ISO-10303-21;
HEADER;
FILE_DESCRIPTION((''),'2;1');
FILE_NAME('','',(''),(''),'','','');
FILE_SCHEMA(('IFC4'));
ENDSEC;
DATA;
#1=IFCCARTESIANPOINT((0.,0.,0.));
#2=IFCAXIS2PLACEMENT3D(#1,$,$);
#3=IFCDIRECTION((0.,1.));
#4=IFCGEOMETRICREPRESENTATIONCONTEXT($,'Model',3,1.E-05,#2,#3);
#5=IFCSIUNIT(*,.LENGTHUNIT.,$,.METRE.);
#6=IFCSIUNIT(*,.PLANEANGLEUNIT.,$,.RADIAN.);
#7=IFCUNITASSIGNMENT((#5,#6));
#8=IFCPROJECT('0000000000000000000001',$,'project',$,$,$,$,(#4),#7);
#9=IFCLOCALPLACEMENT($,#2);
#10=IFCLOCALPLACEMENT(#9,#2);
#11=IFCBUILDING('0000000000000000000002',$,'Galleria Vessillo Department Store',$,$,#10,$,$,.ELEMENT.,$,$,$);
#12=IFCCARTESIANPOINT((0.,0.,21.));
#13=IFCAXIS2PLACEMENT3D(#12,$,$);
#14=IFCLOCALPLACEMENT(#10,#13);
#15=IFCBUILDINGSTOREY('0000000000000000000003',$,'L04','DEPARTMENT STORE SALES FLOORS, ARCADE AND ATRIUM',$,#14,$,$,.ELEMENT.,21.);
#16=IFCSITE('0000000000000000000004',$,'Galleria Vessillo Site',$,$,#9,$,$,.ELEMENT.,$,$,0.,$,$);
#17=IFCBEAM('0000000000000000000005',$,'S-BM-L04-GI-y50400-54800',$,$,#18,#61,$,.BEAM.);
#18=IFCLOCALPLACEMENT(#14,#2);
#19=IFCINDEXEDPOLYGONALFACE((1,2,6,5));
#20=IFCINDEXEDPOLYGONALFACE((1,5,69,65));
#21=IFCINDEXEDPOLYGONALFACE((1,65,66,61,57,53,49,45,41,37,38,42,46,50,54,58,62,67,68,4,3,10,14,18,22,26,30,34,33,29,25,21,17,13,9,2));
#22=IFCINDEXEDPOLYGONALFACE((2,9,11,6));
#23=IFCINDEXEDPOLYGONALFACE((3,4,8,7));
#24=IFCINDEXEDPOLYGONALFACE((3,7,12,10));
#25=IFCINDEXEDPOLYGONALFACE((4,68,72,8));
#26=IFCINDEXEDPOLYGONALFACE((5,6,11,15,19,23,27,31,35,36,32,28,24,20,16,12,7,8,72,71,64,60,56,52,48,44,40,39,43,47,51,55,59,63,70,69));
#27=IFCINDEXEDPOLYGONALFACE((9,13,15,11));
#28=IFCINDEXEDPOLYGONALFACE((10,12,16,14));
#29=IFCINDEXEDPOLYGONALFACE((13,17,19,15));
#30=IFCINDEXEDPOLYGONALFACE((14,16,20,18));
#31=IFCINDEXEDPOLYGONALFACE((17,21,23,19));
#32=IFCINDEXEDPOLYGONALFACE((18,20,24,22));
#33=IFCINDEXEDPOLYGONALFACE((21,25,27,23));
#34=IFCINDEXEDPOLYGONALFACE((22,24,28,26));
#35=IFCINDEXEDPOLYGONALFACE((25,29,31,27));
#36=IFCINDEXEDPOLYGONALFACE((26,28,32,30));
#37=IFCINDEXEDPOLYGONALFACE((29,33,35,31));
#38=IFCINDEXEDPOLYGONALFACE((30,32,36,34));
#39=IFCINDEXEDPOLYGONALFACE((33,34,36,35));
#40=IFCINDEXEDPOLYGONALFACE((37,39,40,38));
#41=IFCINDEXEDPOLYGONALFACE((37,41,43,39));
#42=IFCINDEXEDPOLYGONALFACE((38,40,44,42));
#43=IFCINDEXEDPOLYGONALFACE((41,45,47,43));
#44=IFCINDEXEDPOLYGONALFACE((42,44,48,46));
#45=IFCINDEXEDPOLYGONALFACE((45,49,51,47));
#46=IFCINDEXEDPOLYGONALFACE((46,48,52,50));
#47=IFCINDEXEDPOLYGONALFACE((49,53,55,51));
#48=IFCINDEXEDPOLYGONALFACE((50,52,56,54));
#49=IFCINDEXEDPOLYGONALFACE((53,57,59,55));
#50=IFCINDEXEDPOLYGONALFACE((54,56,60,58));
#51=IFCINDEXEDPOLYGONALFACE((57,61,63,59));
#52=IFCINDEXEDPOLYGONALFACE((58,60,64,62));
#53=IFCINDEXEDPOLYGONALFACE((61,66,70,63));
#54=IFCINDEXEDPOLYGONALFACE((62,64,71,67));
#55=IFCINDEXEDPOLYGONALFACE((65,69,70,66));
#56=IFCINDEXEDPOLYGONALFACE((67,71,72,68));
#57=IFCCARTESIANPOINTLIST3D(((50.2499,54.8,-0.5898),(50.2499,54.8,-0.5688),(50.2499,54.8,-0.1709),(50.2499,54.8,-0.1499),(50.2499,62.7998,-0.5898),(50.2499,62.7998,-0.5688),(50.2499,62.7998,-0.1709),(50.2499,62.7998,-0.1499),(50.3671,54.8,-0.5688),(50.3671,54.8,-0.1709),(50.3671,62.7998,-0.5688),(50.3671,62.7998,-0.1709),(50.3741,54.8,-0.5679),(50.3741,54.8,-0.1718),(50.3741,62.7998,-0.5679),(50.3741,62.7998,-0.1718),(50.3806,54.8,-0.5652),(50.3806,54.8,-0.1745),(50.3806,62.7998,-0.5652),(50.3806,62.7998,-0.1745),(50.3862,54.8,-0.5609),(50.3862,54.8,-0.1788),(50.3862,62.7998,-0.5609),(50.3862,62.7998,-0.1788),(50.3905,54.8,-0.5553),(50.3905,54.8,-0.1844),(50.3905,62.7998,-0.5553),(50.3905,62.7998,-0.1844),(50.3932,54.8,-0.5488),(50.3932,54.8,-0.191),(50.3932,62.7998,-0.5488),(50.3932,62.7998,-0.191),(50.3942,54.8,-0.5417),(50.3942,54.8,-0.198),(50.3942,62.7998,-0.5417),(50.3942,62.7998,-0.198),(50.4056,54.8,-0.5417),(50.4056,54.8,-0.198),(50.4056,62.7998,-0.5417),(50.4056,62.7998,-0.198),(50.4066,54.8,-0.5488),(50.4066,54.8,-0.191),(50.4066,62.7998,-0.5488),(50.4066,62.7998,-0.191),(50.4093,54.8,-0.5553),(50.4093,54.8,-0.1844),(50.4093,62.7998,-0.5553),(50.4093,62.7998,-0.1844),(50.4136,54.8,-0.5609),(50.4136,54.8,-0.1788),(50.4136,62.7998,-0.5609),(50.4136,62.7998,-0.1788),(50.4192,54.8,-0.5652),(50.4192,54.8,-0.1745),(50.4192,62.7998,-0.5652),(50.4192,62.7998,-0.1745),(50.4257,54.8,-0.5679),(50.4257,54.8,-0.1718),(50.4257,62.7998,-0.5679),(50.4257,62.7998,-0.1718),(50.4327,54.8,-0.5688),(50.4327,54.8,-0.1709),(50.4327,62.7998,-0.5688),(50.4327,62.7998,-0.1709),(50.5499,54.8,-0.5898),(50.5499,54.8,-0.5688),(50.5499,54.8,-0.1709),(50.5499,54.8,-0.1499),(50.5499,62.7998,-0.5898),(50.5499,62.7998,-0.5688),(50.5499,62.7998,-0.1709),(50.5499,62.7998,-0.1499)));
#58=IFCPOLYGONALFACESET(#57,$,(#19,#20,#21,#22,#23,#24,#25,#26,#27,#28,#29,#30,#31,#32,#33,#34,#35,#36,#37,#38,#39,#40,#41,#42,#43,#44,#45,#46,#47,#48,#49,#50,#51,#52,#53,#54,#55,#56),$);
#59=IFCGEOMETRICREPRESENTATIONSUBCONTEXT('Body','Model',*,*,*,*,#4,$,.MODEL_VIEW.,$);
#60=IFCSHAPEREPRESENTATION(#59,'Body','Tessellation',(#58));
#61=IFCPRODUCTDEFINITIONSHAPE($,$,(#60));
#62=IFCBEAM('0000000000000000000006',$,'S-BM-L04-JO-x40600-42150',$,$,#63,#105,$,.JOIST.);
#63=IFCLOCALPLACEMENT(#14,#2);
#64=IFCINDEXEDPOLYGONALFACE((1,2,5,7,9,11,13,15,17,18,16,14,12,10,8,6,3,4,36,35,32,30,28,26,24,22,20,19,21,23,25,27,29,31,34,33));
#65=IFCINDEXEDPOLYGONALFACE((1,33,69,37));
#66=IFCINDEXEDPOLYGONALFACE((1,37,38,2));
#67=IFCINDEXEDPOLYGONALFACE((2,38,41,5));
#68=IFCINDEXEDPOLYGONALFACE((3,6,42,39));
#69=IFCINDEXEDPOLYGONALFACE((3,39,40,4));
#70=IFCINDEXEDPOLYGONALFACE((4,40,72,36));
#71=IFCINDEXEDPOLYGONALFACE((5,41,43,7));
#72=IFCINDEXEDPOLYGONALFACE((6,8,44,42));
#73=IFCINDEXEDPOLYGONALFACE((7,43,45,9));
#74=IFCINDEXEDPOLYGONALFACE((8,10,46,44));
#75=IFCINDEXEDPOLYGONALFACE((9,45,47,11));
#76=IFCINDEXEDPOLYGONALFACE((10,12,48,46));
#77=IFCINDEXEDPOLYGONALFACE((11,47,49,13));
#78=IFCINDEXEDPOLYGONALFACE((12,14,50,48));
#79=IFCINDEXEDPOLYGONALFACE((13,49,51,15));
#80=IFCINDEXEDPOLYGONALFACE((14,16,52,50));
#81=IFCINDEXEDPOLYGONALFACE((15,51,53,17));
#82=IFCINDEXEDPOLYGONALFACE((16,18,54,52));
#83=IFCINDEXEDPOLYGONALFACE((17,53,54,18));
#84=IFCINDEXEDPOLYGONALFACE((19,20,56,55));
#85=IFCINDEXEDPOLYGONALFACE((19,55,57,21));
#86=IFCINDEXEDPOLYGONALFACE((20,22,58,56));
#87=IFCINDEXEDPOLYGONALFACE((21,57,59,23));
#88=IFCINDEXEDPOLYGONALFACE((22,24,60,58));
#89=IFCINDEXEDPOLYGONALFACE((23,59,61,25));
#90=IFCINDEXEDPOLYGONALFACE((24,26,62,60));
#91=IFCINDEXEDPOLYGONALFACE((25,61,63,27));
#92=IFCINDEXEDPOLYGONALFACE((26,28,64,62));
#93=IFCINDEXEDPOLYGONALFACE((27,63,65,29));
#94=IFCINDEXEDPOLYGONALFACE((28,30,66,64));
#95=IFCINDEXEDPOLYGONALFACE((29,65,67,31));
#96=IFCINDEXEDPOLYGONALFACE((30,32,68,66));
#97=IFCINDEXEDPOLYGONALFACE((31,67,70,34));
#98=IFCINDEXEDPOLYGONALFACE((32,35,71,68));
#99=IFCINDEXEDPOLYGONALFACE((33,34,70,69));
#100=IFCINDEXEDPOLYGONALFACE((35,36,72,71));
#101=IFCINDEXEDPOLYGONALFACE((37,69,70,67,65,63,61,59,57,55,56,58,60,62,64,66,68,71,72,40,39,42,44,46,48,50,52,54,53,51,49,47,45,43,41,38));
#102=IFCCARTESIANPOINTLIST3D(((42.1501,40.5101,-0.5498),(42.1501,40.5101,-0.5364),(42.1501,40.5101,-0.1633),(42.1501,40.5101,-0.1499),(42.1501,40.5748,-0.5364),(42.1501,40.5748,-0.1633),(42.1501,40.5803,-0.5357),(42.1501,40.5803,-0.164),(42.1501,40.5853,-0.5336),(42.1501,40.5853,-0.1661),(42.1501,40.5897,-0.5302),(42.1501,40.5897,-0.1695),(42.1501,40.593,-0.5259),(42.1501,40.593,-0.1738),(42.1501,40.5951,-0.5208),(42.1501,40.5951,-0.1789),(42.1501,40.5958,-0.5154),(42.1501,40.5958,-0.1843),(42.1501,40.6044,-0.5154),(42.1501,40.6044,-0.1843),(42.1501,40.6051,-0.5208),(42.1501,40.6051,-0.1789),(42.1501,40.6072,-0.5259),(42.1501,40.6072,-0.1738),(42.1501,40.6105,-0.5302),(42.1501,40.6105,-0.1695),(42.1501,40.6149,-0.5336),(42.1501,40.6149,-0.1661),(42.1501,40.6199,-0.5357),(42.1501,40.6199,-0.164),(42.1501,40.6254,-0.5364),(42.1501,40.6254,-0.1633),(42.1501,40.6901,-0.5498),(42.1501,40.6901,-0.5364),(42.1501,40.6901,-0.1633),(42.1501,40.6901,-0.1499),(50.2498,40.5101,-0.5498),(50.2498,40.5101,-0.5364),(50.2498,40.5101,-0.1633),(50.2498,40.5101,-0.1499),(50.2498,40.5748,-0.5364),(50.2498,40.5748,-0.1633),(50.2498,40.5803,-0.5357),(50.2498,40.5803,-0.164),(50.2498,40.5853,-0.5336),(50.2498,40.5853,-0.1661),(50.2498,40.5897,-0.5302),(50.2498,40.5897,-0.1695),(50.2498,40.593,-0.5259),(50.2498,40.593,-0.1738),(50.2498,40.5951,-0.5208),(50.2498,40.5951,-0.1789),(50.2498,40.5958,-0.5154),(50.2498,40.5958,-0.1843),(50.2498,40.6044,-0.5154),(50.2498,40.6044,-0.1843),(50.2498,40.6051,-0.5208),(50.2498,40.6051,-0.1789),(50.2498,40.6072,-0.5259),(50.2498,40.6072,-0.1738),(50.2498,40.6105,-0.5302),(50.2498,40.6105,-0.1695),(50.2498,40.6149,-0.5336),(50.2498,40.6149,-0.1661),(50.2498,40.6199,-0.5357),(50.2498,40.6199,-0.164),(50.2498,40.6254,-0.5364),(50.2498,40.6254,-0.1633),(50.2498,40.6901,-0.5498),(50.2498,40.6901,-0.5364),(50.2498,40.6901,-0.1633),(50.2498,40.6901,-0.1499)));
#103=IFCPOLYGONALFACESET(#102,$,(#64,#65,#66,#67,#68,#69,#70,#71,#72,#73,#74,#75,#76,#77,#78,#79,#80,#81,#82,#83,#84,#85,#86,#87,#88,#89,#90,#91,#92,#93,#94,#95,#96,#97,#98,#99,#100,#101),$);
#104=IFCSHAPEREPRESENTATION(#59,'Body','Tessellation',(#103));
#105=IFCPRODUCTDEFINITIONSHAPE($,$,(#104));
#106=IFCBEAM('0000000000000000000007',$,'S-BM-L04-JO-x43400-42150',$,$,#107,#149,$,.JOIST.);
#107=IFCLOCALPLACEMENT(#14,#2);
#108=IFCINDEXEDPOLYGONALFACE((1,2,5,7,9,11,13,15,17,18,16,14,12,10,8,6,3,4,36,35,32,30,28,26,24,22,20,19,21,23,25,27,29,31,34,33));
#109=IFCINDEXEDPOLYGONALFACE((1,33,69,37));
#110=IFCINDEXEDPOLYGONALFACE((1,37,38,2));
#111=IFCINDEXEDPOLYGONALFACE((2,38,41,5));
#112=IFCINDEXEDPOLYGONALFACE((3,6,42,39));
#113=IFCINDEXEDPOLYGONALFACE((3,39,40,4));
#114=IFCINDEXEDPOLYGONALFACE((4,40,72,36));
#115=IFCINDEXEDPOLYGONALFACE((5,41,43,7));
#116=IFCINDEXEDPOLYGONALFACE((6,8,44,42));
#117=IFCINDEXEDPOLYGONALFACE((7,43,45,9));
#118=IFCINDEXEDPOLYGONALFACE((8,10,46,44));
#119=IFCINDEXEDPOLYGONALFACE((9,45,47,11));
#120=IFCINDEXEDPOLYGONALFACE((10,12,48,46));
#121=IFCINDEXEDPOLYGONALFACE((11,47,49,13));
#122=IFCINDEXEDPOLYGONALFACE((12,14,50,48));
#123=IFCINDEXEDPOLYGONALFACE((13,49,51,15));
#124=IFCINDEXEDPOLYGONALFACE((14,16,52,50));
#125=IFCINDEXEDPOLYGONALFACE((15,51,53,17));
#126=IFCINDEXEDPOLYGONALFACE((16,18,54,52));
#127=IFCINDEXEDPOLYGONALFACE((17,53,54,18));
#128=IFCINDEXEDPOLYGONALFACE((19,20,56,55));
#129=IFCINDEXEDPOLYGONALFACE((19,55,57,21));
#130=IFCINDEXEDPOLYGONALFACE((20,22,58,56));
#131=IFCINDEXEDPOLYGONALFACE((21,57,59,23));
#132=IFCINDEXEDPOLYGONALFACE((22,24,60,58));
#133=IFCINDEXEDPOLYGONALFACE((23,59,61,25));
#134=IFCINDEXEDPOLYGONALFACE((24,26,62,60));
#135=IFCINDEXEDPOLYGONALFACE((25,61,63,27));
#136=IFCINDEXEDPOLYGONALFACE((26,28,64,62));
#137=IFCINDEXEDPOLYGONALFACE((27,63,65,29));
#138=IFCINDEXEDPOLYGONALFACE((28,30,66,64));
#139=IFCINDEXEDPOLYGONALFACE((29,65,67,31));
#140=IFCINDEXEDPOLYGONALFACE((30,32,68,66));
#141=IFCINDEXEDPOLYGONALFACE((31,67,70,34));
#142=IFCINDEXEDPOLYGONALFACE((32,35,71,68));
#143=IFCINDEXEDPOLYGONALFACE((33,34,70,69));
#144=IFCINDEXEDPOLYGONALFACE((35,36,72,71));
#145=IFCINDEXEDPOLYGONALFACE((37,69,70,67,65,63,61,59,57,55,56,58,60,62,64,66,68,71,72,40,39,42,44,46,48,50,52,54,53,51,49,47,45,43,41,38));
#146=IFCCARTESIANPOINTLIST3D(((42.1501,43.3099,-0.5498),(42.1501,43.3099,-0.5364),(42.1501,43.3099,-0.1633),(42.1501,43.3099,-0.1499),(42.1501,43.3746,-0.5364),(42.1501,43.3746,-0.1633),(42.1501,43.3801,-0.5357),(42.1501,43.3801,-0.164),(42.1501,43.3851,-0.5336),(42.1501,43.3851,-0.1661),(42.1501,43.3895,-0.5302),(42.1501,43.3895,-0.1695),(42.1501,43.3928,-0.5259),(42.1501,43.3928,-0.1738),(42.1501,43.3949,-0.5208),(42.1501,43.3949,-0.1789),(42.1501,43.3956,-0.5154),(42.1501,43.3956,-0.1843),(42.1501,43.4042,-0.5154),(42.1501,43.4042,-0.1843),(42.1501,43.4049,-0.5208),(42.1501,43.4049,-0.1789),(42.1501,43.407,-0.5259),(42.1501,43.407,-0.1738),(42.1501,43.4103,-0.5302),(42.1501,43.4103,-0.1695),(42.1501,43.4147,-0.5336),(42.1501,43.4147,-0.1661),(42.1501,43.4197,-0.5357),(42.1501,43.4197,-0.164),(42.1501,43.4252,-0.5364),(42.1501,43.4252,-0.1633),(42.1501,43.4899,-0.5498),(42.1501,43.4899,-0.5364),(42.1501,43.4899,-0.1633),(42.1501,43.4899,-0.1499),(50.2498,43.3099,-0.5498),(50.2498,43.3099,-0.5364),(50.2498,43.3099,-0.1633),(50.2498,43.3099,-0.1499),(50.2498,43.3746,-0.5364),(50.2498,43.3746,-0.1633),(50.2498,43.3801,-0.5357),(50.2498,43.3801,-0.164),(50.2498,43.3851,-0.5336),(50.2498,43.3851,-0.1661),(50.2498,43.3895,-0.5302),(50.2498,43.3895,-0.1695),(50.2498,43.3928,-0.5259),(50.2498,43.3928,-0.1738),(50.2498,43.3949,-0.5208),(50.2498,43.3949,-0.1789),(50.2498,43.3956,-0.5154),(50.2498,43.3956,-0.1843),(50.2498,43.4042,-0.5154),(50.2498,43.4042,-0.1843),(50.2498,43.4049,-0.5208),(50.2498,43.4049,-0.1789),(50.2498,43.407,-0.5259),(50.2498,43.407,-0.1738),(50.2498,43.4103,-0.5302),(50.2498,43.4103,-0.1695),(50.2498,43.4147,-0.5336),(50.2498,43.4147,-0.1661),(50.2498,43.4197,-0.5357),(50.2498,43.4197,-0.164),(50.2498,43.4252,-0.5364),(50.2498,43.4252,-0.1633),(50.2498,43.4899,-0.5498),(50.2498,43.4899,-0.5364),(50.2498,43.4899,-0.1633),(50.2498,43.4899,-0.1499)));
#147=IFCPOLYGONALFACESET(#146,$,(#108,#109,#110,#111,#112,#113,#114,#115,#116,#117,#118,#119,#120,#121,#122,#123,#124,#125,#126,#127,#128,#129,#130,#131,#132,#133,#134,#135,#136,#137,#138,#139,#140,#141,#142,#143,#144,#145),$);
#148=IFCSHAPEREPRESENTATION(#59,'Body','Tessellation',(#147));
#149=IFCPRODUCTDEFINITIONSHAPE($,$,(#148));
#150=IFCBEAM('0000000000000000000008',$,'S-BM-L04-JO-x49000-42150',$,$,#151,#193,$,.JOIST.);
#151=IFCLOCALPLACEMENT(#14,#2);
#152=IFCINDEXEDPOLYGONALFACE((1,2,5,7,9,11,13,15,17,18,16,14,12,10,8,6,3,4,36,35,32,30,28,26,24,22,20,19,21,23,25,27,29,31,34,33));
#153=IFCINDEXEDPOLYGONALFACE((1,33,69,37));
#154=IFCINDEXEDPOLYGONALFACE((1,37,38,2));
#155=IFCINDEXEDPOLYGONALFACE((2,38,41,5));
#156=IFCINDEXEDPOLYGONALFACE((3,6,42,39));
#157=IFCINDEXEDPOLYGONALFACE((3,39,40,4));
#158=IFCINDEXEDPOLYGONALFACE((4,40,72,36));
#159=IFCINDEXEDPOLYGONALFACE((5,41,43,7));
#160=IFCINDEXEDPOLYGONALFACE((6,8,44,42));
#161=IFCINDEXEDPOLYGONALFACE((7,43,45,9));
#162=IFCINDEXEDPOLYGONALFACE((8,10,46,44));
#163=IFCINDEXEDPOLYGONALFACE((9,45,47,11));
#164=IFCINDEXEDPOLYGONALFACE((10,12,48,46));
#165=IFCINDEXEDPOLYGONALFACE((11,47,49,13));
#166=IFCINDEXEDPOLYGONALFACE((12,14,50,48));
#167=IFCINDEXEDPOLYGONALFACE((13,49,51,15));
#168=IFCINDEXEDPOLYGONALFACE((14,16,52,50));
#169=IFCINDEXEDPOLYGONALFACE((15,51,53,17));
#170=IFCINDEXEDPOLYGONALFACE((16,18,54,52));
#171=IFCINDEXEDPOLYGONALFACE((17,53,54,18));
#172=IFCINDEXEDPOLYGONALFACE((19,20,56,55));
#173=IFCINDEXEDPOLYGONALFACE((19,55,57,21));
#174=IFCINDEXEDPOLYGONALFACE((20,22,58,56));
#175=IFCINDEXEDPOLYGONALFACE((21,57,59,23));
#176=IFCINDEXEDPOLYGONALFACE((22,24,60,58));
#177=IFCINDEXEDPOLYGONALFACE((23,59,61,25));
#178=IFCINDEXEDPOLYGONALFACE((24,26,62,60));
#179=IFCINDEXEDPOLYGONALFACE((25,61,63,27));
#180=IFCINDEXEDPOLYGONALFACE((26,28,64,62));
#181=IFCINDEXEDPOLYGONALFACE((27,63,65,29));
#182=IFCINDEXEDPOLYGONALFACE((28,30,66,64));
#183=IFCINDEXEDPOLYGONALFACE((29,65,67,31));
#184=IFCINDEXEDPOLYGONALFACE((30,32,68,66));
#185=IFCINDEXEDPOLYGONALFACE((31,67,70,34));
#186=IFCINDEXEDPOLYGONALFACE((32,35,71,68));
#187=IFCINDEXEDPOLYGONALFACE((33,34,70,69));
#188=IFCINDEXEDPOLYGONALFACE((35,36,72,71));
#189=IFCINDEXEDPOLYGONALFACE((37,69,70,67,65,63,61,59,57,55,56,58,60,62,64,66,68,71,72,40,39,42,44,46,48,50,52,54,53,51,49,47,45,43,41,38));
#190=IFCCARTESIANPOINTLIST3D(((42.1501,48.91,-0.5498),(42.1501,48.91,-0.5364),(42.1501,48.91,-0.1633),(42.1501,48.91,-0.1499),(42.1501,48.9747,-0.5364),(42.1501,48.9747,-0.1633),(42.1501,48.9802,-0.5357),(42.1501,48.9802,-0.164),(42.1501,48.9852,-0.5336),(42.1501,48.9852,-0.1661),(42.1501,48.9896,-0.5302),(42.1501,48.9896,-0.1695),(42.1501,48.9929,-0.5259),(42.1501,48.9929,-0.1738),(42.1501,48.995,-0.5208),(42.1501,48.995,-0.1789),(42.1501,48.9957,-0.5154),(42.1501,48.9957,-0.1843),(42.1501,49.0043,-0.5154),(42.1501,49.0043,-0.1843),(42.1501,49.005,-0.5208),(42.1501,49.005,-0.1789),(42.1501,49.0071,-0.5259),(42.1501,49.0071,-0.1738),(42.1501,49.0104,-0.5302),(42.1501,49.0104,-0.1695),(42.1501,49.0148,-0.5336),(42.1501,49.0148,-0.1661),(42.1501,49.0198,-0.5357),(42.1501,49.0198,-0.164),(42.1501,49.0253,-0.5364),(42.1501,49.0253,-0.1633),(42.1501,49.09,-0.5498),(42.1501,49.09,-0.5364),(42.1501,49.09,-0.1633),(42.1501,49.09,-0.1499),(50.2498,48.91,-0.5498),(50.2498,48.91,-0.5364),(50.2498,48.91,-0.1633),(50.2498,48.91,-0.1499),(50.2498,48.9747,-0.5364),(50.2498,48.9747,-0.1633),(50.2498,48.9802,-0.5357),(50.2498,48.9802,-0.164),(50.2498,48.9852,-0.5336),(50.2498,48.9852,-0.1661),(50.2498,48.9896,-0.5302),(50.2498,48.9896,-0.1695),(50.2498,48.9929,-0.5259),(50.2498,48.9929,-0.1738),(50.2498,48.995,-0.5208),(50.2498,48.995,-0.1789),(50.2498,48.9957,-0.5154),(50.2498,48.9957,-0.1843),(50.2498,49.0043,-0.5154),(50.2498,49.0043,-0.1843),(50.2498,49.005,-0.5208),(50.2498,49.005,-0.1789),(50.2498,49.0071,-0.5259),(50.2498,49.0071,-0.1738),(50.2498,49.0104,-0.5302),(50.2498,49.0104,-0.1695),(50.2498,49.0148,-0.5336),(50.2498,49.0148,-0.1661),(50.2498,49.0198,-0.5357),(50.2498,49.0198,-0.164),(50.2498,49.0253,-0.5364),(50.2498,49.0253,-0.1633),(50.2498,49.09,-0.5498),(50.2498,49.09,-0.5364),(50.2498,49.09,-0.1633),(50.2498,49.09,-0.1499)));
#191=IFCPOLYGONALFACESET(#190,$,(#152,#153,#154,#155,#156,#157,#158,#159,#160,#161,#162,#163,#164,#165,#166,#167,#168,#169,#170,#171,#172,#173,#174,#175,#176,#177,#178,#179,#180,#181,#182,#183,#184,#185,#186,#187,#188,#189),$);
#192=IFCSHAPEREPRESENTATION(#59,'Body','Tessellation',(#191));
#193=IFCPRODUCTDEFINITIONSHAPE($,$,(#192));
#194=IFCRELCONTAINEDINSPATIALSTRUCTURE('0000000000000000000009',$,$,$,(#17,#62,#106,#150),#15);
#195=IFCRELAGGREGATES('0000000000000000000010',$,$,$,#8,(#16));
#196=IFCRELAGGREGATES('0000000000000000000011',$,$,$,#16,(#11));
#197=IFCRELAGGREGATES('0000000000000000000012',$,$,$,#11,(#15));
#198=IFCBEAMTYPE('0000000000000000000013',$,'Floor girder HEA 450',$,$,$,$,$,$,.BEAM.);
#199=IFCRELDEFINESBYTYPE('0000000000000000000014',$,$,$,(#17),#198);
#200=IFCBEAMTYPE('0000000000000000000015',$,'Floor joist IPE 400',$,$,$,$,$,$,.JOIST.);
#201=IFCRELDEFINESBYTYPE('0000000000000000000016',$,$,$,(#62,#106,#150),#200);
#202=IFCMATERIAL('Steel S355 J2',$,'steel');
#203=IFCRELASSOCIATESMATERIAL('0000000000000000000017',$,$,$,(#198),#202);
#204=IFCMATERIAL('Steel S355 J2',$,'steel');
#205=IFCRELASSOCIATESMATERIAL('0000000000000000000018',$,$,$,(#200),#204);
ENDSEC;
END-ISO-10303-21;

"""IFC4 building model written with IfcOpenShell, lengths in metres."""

from ifc_helpers import new_model, si_unit, direction, frame, origin, origin_2d, place, context, subcontext, project, spatial, i_section, extrude, material, material_profile, profile_set, type_object, element, save


model = new_model("IFC4")

# Units and contexts
model_context = context("Model", 3, precision=1e-05, world=origin(), true_north=direction((0.0, 1.0)))
body_context = subcontext(model_context, "Body", "Model", "MODEL_VIEW")
ifc_project = project(units=[si_unit("LENGTHUNIT", "METRE"), si_unit("PLANEANGLEUNIT", "RADIAN")], contexts=[model_context])

# Site, building, storey
site_placement = place(None, origin())
site = spatial("IfcSite", under=ifc_project, at=site_placement, Name="Galleria Vessillo Site", CompositionType="ELEMENT", RefElevation=0.0)
building_placement = place(site_placement, origin())
building = spatial("IfcBuilding", under=site, at=building_placement, Name="Galleria Vessillo Department Store", CompositionType="ELEMENT")
storey_placement = place(building_placement, frame((0.0, 0.0, 21.0)))
storey = spatial("IfcBuildingStorey", under=building, at=storey_placement, Name="L04", Description="DEPARTMENT STORE SALES FLOORS, ARCADE AND ATRIUM", CompositionType="ELEMENT", Elevation=21.0)

# Beams
ifc_material_1 = material(Name="Steel S355 J2", Category="steel")
ifc_material_profile_1 = material_profile(ifc_material_1, i_section(OverallWidth=0.3, OverallDepth=0.4399, WebThickness=0.0115, FlangeThickness=0.021, FilletRadius=0.0271, at=origin_2d()), Name="HEA 450")
ifc_profile_set_1 = profile_set([ifc_material_profile_1], Name="Steel S355 J2")
beam_type_1 = type_object("IfcBeamType", Name="Floor girder HEA 450", PredefinedType="BEAM", material=ifc_profile_set_1)
for number, where, z_axis, x_axis, name in (
    (1, (50.3999, 54.8, -0.3699), (0.0, 1.0, 0.0), (-1.0, 0.0, 0.0), "S-BM-L04-GI-y50400-54800"),
):
    element("IfcBeam", number, at=place(storey_placement, frame(where, z_axis=z_axis, x_axis=x_axis)), inside=storey, type_object=beam_type_1, Name=name, PredefinedType="BEAM", context=body_context, shape_type="SweptSolid", body=[
        extrude(i_section(OverallWidth=0.3, OverallDepth=0.4399, WebThickness=0.0115, FlangeThickness=0.021, FilletRadius=0.0271, at=origin_2d()), origin(), (0.0, 0.0, 1.0), 7.9998),
    ])
ifc_material_2 = material(Name="Steel S355 J2", Category="steel")
ifc_material_profile_2 = material_profile(ifc_material_2, i_section(OverallWidth=0.1799, OverallDepth=0.3999, WebThickness=0.0085, FlangeThickness=0.0134, FilletRadius=0.021, at=origin_2d()), Name="IPE 400")
ifc_profile_set_2 = profile_set([ifc_material_profile_2], Name="Steel S355 J2")
beam_type_2 = type_object("IfcBeamType", Name="Floor joist IPE 400", PredefinedType="JOIST", material=ifc_profile_set_2)
for number, where, z_axis, x_axis, name in (
    (2, (42.1501, 40.6001, -0.3499), (1.0, 0.0, 0.0), (0.0, 1.0, 0.0), "S-BM-L04-JO-x40600-42150"),
    (3, (42.1501, 43.3999, -0.3499), (1.0, 0.0, 0.0), (0.0, 1.0, 0.0), "S-BM-L04-JO-x43400-42150"),
    (4, (42.1501, 49.0, -0.3499), (1.0, 0.0, 0.0), (0.0, 1.0, 0.0), "S-BM-L04-JO-x49000-42150"),
):
    element("IfcBeam", number, at=place(storey_placement, frame(where, z_axis=z_axis, x_axis=x_axis)), inside=storey, type_object=beam_type_2, Name=name, PredefinedType="JOIST", context=body_context, shape_type="SweptSolid", body=[
        extrude(i_section(OverallWidth=0.1799, OverallDepth=0.3999, WebThickness=0.0085, FlangeThickness=0.0134, FilletRadius=0.021, at=origin_2d()), origin(), (0.0, 0.0, 1.0), 8.0996),
    ])

save(model, "model.ifc")
